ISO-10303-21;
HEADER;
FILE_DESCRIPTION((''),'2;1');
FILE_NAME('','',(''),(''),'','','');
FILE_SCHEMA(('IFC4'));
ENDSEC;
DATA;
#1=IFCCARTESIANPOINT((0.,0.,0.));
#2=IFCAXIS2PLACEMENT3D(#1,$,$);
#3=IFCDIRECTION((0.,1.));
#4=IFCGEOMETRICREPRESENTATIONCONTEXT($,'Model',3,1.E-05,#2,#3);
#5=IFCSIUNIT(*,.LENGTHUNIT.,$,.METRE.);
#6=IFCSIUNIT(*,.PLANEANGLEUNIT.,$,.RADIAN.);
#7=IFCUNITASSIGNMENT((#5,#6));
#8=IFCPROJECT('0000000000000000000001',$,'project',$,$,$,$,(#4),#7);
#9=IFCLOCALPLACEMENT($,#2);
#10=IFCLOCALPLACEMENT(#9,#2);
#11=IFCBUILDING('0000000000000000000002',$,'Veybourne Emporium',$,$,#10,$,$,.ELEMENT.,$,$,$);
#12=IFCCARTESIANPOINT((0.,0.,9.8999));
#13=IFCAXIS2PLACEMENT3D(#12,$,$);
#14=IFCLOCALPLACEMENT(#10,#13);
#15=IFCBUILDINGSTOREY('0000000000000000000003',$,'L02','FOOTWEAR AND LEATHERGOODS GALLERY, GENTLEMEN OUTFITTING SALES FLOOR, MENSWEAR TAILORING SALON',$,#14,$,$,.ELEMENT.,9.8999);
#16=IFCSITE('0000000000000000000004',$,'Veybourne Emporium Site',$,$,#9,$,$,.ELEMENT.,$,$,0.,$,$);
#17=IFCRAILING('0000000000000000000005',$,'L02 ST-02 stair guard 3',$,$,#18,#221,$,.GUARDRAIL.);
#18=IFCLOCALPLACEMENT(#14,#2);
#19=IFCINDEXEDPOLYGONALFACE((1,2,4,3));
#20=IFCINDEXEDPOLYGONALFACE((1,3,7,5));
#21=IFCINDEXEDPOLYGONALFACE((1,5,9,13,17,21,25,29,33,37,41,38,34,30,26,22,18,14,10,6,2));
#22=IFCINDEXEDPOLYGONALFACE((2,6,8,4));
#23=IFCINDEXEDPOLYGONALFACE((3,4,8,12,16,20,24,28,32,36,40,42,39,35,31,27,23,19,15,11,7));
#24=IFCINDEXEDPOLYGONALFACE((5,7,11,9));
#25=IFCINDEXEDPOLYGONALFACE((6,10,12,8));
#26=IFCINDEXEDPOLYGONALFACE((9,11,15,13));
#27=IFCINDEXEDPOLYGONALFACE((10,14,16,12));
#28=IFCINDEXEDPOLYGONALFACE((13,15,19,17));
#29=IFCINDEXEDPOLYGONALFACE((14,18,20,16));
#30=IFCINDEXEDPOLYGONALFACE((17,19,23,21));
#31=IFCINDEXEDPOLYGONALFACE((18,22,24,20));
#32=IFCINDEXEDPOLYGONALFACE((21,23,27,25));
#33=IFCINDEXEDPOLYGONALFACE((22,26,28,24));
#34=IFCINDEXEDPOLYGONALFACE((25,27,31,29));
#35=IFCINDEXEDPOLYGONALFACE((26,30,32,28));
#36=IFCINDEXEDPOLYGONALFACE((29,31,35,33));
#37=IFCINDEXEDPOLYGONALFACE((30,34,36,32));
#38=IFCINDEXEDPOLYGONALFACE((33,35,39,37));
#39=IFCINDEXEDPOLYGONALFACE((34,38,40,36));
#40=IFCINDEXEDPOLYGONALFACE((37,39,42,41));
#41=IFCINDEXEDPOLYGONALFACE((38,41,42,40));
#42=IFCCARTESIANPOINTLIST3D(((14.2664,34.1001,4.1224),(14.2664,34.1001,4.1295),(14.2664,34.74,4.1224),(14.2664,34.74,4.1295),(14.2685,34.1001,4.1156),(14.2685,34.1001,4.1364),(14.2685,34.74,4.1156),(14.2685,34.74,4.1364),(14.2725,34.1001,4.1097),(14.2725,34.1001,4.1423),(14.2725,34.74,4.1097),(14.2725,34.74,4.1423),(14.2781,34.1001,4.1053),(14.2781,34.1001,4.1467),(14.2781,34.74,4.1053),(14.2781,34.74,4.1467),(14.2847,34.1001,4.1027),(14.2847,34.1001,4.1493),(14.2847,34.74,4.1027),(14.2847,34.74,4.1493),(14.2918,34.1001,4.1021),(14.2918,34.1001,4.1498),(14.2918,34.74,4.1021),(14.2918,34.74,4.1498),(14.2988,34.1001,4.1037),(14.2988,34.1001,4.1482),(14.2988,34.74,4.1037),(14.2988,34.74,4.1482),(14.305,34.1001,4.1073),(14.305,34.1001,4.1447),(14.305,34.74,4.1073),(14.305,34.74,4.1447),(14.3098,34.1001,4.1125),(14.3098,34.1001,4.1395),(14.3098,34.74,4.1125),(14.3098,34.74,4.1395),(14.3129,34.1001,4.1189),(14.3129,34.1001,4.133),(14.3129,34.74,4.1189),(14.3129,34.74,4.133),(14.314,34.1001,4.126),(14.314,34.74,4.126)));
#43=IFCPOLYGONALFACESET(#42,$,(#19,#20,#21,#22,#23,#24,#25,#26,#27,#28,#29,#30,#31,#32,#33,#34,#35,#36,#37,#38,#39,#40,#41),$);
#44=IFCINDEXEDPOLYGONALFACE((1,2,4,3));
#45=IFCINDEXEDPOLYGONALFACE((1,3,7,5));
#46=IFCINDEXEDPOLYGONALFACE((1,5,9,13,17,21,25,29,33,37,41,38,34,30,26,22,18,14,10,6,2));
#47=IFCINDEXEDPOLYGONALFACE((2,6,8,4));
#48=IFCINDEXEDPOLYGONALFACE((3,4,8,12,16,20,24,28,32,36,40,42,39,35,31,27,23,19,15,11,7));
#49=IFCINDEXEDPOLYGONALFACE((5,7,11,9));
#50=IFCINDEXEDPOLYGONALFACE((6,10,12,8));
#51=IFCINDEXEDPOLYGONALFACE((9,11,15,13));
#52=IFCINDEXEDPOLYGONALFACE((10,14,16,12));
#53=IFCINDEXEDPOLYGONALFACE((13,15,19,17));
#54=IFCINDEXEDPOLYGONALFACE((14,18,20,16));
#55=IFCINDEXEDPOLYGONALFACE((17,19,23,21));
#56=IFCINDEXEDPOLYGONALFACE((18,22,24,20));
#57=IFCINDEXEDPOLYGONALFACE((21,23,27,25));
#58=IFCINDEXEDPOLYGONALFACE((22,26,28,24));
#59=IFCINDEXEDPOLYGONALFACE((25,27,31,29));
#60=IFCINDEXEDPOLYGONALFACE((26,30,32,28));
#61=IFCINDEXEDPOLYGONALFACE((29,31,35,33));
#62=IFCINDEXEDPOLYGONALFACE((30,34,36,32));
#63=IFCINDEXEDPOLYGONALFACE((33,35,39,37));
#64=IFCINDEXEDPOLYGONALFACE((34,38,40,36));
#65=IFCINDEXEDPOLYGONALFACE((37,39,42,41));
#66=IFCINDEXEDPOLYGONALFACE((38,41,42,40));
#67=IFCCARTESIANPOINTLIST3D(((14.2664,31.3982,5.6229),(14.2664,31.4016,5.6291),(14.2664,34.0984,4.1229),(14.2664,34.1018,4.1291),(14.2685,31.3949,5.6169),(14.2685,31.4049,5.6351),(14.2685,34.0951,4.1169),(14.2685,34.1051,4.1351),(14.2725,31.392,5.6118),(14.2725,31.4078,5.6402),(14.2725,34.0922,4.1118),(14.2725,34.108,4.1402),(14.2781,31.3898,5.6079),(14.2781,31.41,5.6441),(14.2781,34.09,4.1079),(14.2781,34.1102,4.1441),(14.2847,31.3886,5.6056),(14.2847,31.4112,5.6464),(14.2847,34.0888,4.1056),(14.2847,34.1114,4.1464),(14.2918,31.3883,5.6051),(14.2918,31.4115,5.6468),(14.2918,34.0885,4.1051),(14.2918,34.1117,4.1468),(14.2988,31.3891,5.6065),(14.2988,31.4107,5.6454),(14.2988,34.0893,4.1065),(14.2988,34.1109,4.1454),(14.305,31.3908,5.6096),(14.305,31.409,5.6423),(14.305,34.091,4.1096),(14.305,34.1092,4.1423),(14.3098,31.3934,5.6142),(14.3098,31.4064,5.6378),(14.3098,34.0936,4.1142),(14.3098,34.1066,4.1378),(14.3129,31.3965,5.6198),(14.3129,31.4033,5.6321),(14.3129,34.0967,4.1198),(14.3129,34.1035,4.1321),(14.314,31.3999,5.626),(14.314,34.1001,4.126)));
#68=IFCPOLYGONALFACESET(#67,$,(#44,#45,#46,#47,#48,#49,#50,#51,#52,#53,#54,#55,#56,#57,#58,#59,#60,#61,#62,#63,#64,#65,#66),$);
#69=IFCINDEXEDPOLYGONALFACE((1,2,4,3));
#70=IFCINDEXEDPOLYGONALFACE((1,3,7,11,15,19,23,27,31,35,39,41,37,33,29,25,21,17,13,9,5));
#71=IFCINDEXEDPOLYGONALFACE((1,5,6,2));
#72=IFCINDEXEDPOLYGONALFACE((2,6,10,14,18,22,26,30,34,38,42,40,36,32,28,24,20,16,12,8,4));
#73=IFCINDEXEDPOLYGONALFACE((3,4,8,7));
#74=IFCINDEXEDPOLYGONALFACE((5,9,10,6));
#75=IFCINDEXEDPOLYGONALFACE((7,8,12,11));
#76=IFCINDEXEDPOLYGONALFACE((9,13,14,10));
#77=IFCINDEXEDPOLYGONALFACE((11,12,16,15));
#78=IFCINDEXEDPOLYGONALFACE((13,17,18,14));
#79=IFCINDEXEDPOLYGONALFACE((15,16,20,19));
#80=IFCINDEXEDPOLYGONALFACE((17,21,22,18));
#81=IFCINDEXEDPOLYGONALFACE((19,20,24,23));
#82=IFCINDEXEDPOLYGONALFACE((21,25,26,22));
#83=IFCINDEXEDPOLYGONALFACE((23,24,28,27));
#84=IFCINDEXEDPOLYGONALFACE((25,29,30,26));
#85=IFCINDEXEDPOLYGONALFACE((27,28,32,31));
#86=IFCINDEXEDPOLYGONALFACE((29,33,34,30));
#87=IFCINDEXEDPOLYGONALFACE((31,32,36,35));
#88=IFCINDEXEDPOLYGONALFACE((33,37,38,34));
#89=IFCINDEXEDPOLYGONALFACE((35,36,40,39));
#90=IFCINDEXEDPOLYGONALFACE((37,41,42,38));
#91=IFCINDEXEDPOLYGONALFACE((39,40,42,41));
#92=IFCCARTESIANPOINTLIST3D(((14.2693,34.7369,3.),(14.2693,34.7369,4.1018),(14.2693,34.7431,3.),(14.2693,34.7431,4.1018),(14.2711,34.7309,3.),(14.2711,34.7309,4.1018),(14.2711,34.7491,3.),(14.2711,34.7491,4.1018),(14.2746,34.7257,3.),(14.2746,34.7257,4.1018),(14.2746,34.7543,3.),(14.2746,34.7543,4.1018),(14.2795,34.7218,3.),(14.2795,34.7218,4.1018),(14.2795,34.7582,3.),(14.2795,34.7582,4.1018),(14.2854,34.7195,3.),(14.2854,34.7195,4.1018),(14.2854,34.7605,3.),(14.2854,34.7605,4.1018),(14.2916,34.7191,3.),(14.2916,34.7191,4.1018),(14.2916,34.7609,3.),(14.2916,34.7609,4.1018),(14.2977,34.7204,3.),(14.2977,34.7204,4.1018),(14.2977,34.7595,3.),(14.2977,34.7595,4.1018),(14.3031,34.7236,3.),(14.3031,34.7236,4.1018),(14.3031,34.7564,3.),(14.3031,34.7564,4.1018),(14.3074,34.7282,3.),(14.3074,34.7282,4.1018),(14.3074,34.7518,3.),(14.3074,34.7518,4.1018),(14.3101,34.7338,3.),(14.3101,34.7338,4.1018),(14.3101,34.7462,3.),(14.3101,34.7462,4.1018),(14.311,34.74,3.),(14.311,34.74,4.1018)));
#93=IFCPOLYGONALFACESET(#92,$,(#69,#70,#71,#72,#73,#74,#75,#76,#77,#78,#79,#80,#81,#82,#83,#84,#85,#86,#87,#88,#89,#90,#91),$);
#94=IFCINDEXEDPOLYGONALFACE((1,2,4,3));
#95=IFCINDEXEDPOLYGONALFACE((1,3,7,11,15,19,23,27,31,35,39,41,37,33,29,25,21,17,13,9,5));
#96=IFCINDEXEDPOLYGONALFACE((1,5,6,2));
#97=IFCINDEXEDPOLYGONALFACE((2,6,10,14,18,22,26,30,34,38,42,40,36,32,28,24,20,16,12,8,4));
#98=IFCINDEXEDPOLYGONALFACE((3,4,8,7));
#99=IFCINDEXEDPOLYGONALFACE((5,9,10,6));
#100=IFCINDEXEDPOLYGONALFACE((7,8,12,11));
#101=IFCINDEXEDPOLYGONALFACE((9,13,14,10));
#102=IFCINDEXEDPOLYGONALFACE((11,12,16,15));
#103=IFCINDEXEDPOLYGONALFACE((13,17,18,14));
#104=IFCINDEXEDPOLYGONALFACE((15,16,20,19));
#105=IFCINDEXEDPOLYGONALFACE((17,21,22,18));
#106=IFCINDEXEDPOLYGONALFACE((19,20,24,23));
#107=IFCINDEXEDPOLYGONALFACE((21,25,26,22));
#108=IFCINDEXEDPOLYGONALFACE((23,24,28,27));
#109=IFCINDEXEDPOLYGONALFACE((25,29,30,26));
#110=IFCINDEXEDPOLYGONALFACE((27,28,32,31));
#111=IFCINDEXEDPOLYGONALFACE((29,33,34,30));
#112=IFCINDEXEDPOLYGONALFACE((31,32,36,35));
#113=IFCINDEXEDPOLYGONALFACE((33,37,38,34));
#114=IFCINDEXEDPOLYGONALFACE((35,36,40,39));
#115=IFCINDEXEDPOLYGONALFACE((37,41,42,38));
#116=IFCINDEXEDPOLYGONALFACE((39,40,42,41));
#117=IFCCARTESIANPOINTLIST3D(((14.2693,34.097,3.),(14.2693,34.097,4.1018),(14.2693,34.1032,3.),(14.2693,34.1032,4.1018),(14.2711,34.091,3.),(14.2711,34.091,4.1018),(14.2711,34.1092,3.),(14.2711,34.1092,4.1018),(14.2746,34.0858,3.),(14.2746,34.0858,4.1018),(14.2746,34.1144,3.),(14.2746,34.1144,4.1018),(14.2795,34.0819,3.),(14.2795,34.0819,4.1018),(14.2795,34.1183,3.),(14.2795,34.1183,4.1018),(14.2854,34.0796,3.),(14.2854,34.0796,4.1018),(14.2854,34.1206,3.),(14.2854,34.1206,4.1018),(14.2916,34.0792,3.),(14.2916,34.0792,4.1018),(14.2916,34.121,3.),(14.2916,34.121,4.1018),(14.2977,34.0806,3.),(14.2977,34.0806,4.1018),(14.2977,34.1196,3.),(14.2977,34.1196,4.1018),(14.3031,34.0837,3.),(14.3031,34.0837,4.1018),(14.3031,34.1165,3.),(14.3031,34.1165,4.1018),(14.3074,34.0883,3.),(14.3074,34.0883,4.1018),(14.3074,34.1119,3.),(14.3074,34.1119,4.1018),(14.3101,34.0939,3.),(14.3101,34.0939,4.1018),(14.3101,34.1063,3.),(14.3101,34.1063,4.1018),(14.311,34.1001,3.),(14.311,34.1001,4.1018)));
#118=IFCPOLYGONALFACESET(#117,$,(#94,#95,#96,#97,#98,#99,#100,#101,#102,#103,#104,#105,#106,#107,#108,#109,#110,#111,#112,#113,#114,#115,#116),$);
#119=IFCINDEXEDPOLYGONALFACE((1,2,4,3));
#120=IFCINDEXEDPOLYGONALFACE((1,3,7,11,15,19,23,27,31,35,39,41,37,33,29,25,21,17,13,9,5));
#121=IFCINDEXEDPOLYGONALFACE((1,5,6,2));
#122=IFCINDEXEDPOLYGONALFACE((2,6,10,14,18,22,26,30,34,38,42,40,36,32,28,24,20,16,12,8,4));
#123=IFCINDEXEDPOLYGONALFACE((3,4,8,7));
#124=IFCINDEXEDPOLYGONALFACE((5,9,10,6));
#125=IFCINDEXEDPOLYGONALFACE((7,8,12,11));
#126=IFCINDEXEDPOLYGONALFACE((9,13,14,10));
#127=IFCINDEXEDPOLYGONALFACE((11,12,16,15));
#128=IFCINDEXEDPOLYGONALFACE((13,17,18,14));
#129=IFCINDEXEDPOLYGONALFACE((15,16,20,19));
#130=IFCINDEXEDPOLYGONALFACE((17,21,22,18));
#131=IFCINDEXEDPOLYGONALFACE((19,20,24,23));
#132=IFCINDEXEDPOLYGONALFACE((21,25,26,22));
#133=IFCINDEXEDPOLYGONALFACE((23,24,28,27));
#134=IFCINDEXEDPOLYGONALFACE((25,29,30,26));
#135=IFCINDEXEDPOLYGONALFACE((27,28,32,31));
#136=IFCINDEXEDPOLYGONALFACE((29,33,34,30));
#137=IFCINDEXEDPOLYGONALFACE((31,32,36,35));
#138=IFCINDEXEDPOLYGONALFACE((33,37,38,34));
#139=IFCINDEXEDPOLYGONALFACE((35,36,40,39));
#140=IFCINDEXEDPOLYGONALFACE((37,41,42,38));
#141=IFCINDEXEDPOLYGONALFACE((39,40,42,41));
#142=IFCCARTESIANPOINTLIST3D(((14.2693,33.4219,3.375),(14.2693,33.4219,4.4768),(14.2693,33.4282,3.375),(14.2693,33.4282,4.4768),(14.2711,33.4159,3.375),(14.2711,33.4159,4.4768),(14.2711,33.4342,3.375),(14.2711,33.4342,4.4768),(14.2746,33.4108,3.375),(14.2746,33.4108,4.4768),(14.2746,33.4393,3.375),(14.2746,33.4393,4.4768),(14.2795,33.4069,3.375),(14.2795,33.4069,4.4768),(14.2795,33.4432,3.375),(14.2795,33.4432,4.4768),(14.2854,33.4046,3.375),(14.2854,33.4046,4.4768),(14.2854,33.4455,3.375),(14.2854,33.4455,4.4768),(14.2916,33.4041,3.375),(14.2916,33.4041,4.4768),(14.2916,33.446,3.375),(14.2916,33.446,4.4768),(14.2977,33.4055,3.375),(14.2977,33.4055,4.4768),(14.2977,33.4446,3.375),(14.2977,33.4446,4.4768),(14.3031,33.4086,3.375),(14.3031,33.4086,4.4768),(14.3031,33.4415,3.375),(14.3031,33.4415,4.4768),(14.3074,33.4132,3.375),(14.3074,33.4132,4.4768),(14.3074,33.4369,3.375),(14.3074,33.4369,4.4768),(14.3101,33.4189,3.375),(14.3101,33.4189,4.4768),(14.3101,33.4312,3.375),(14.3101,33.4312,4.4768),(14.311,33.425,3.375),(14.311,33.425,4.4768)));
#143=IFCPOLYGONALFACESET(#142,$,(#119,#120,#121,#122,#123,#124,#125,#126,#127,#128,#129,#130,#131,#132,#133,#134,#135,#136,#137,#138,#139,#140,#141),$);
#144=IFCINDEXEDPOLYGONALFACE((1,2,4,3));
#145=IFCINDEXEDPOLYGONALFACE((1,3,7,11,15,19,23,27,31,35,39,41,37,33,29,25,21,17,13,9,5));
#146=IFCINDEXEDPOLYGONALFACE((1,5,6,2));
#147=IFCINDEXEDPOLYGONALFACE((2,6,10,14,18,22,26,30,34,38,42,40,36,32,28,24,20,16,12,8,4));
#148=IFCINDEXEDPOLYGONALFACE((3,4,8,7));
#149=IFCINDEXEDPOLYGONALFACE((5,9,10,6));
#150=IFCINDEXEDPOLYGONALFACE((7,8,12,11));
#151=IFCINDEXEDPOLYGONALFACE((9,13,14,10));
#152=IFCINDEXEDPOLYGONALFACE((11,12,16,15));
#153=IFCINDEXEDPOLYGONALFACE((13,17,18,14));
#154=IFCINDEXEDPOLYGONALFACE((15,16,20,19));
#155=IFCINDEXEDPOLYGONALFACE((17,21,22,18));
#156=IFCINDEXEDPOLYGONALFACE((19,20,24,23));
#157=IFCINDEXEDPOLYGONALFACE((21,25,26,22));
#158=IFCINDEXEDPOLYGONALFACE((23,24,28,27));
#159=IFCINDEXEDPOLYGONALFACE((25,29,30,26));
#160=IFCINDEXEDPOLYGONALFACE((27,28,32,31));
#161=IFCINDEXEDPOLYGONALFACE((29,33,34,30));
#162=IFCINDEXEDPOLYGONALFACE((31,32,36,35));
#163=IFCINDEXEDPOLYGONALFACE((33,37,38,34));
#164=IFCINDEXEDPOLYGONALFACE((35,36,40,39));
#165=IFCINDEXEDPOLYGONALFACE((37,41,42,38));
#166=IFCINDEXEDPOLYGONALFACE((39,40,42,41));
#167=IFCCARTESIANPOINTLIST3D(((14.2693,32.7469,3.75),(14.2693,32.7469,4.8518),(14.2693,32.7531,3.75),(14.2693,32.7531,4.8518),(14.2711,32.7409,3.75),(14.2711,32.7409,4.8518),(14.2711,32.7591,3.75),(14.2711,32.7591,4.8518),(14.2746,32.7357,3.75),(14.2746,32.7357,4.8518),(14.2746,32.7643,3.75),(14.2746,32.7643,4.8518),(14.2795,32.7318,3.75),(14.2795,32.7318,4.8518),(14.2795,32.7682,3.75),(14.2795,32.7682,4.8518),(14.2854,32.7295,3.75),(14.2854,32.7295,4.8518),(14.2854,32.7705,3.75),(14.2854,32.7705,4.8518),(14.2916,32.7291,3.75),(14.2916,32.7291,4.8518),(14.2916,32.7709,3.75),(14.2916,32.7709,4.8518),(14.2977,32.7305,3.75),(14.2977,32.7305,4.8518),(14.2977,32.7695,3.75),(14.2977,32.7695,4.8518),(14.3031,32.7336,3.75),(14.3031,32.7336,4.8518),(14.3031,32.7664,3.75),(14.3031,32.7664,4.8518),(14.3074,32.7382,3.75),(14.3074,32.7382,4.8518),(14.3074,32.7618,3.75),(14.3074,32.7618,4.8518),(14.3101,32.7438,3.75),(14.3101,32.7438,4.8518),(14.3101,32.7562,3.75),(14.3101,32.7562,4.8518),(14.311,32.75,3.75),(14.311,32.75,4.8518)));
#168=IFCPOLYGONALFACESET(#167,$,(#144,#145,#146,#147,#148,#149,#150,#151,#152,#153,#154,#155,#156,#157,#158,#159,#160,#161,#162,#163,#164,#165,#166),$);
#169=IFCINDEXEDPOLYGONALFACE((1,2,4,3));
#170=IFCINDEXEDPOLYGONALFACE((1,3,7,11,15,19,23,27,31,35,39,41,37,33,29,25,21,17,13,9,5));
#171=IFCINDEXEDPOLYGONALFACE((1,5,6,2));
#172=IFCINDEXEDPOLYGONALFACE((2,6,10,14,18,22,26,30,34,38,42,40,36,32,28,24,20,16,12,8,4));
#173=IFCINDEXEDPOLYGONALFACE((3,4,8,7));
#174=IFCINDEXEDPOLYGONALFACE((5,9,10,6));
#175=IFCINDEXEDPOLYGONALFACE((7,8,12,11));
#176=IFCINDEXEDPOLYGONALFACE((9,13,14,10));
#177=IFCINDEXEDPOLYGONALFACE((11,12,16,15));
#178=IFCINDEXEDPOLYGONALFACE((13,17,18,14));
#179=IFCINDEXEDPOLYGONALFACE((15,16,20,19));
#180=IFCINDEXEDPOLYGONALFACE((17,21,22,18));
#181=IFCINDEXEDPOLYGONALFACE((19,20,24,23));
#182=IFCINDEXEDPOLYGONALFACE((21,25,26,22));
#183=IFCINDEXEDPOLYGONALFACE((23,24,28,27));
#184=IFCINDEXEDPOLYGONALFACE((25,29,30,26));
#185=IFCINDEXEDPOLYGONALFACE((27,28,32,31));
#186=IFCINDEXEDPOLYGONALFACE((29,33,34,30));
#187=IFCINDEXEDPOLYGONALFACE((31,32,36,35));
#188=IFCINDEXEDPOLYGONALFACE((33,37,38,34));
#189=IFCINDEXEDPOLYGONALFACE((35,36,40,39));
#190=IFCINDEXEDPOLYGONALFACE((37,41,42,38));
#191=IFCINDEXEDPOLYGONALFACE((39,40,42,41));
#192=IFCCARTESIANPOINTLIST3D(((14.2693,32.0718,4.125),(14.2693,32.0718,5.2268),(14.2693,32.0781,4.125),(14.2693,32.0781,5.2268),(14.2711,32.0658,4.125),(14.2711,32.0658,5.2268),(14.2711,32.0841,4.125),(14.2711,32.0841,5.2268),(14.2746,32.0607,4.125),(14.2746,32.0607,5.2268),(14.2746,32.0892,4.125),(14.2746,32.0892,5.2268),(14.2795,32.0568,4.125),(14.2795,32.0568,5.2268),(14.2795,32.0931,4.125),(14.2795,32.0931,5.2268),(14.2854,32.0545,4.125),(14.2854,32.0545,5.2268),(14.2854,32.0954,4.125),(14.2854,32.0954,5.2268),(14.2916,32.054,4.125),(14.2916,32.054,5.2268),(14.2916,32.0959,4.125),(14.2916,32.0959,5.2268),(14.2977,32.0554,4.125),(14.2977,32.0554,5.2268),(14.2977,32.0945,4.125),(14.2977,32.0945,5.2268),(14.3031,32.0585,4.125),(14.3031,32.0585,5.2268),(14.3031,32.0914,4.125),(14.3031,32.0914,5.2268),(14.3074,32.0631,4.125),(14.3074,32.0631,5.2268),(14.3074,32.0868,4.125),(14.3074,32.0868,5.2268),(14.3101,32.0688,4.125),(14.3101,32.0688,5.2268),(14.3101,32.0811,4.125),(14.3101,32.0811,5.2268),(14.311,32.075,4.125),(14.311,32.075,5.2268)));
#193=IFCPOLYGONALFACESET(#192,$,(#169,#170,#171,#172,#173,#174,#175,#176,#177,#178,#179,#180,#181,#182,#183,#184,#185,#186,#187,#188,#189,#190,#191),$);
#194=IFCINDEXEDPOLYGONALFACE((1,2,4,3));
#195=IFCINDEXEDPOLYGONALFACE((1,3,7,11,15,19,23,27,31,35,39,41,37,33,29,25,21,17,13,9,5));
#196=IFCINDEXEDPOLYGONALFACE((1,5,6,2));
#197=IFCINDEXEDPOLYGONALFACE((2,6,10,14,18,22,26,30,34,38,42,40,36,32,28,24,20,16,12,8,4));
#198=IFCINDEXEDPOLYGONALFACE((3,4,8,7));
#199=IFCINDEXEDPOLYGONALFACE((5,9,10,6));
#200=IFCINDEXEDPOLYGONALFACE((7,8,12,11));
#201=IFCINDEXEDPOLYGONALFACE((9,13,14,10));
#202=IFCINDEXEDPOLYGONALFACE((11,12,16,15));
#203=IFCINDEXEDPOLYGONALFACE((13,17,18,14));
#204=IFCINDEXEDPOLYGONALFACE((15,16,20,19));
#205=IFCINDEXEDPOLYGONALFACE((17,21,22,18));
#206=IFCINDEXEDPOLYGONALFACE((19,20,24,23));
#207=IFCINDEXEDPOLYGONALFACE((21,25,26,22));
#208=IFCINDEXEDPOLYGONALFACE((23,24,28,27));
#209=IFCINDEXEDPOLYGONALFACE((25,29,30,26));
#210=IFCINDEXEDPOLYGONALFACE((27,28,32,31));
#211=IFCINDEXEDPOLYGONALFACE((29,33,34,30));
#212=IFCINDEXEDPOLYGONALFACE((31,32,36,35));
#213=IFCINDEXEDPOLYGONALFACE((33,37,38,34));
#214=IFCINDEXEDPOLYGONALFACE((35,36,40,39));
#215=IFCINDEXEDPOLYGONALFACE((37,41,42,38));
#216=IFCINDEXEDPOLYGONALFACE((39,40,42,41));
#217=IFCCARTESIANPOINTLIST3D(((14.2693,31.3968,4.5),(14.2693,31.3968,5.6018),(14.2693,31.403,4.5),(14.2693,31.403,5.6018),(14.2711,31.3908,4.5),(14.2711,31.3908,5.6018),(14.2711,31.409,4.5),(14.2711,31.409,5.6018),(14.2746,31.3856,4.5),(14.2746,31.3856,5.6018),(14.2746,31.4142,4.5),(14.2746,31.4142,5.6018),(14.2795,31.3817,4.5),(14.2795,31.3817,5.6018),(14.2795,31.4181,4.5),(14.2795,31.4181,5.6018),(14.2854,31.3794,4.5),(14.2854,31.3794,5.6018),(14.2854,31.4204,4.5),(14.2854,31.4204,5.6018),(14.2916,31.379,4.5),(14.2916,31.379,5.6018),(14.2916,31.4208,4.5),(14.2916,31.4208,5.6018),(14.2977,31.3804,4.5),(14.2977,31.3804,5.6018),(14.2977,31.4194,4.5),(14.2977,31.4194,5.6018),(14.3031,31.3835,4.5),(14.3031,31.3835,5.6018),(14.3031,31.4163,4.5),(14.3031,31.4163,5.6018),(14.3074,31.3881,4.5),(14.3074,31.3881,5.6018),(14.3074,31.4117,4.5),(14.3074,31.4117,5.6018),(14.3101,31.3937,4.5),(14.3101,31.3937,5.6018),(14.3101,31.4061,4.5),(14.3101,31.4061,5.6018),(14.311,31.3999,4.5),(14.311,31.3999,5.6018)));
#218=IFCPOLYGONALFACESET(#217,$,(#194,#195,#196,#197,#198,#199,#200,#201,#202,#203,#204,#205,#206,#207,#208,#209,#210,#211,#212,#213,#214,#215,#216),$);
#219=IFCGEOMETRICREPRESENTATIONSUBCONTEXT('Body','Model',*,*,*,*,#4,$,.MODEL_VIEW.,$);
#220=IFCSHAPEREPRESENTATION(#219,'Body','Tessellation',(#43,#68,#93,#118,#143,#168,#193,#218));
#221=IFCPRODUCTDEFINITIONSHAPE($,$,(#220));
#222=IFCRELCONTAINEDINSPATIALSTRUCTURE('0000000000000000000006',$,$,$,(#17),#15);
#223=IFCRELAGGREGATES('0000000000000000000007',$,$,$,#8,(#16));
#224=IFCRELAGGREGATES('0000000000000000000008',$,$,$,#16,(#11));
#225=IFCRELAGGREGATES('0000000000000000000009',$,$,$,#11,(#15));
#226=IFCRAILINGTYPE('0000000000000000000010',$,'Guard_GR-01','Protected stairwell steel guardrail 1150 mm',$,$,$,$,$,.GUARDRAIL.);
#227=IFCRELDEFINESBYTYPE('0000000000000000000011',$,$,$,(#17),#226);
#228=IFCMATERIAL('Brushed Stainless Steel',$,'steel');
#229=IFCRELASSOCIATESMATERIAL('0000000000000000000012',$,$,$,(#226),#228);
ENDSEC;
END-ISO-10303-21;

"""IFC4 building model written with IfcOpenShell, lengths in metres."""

from ifc_helpers import new_model, si_unit, direction, frame, origin, origin_2d, place, context, subcontext, project, spatial, circle, extrude, material, type_object, element, save


model = new_model("IFC4")

# Units and contexts
model_context = context("Model", 3, precision=1e-05, world=origin(), true_north=direction((0.0, 1.0)))
body_context = subcontext(model_context, "Body", "Model", "MODEL_VIEW")
ifc_project = project(units=[si_unit("LENGTHUNIT", "METRE"), si_unit("PLANEANGLEUNIT", "RADIAN")], contexts=[model_context])

# Site, building, storey
site_placement = place(None, origin())
site = spatial("IfcSite", under=ifc_project, at=site_placement, Name="Veybourne Emporium Site", CompositionType="ELEMENT", RefElevation=0.0)
building_placement = place(site_placement, origin())
building = spatial("IfcBuilding", under=site, at=building_placement, Name="Veybourne Emporium", CompositionType="ELEMENT")
storey_placement = place(building_placement, frame((0.0, 0.0, 9.8999)))
storey = spatial("IfcBuildingStorey", under=building, at=storey_placement, Name="L02", Description="FOOTWEAR AND LEATHERGOODS GALLERY, GENTLEMEN OUTFITTING SALES FLOOR, MENSWEAR TAILORING SALON", CompositionType="ELEMENT", Elevation=9.8999)

# Railing
ifc_material_1 = material(Name="Brushed Stainless Steel", Category="steel")
railing_type_1 = type_object("IfcRailingType", Name="Guard_GR-01", Description="Protected stairwell steel guardrail 1150 mm", PredefinedType="GUARDRAIL", material=ifc_material_1)
railing_1_placement = place(storey_placement, frame((14.29, 34.74, 3.0)))
element("IfcRailing", 1, at=railing_1_placement, inside=storey, type_object=railing_type_1, Name="L02 ST-02 stair guard 3", PredefinedType="GUARDRAIL", context=body_context, shape_type="SweptSolid", body=[
    extrude(circle(Radius=0.0239, at=origin_2d()), frame((0.0, 0.0, 1.126), z_axis=(0.0, -1.0, 0.0), x_axis=(1.0, 0.0, 0.0)), (0.0, 0.0, 1.0), 0.6399),
    extrude(circle(Radius=0.0239, at=origin_2d()), frame((0.0, -0.6399, 1.126), z_axis=(0.0, -0.874172, 0.485616), x_axis=(1.0, 0.0, 0.0)), (0.0, 0.0, 1.0), 3.0889),
    extrude(circle(Radius=0.021, at=origin_2d()), origin(), (0.0, 0.0, 1.0), 1.1018),
    extrude(circle(Radius=0.021, at=origin_2d()), frame((0.0, -0.6399, 0.0)), (0.0, 0.0, 1.0), 1.1018),
    extrude(circle(Radius=0.021, at=origin_2d()), frame((0.0, -1.3149, 0.375)), (0.0, 0.0, 1.0), 1.1018),
    extrude(circle(Radius=0.021, at=origin_2d()), frame((0.0, -1.99, 0.75)), (0.0, 0.0, 1.0), 1.1018),
    extrude(circle(Radius=0.021, at=origin_2d()), frame((0.0, -2.665, 1.125)), (0.0, 0.0, 1.0), 1.1018),
    extrude(circle(Radius=0.021, at=origin_2d()), frame((0.0, -3.3401, 1.5)), (0.0, 0.0, 1.0), 1.1018),
])

save(model, "model.ifc")
